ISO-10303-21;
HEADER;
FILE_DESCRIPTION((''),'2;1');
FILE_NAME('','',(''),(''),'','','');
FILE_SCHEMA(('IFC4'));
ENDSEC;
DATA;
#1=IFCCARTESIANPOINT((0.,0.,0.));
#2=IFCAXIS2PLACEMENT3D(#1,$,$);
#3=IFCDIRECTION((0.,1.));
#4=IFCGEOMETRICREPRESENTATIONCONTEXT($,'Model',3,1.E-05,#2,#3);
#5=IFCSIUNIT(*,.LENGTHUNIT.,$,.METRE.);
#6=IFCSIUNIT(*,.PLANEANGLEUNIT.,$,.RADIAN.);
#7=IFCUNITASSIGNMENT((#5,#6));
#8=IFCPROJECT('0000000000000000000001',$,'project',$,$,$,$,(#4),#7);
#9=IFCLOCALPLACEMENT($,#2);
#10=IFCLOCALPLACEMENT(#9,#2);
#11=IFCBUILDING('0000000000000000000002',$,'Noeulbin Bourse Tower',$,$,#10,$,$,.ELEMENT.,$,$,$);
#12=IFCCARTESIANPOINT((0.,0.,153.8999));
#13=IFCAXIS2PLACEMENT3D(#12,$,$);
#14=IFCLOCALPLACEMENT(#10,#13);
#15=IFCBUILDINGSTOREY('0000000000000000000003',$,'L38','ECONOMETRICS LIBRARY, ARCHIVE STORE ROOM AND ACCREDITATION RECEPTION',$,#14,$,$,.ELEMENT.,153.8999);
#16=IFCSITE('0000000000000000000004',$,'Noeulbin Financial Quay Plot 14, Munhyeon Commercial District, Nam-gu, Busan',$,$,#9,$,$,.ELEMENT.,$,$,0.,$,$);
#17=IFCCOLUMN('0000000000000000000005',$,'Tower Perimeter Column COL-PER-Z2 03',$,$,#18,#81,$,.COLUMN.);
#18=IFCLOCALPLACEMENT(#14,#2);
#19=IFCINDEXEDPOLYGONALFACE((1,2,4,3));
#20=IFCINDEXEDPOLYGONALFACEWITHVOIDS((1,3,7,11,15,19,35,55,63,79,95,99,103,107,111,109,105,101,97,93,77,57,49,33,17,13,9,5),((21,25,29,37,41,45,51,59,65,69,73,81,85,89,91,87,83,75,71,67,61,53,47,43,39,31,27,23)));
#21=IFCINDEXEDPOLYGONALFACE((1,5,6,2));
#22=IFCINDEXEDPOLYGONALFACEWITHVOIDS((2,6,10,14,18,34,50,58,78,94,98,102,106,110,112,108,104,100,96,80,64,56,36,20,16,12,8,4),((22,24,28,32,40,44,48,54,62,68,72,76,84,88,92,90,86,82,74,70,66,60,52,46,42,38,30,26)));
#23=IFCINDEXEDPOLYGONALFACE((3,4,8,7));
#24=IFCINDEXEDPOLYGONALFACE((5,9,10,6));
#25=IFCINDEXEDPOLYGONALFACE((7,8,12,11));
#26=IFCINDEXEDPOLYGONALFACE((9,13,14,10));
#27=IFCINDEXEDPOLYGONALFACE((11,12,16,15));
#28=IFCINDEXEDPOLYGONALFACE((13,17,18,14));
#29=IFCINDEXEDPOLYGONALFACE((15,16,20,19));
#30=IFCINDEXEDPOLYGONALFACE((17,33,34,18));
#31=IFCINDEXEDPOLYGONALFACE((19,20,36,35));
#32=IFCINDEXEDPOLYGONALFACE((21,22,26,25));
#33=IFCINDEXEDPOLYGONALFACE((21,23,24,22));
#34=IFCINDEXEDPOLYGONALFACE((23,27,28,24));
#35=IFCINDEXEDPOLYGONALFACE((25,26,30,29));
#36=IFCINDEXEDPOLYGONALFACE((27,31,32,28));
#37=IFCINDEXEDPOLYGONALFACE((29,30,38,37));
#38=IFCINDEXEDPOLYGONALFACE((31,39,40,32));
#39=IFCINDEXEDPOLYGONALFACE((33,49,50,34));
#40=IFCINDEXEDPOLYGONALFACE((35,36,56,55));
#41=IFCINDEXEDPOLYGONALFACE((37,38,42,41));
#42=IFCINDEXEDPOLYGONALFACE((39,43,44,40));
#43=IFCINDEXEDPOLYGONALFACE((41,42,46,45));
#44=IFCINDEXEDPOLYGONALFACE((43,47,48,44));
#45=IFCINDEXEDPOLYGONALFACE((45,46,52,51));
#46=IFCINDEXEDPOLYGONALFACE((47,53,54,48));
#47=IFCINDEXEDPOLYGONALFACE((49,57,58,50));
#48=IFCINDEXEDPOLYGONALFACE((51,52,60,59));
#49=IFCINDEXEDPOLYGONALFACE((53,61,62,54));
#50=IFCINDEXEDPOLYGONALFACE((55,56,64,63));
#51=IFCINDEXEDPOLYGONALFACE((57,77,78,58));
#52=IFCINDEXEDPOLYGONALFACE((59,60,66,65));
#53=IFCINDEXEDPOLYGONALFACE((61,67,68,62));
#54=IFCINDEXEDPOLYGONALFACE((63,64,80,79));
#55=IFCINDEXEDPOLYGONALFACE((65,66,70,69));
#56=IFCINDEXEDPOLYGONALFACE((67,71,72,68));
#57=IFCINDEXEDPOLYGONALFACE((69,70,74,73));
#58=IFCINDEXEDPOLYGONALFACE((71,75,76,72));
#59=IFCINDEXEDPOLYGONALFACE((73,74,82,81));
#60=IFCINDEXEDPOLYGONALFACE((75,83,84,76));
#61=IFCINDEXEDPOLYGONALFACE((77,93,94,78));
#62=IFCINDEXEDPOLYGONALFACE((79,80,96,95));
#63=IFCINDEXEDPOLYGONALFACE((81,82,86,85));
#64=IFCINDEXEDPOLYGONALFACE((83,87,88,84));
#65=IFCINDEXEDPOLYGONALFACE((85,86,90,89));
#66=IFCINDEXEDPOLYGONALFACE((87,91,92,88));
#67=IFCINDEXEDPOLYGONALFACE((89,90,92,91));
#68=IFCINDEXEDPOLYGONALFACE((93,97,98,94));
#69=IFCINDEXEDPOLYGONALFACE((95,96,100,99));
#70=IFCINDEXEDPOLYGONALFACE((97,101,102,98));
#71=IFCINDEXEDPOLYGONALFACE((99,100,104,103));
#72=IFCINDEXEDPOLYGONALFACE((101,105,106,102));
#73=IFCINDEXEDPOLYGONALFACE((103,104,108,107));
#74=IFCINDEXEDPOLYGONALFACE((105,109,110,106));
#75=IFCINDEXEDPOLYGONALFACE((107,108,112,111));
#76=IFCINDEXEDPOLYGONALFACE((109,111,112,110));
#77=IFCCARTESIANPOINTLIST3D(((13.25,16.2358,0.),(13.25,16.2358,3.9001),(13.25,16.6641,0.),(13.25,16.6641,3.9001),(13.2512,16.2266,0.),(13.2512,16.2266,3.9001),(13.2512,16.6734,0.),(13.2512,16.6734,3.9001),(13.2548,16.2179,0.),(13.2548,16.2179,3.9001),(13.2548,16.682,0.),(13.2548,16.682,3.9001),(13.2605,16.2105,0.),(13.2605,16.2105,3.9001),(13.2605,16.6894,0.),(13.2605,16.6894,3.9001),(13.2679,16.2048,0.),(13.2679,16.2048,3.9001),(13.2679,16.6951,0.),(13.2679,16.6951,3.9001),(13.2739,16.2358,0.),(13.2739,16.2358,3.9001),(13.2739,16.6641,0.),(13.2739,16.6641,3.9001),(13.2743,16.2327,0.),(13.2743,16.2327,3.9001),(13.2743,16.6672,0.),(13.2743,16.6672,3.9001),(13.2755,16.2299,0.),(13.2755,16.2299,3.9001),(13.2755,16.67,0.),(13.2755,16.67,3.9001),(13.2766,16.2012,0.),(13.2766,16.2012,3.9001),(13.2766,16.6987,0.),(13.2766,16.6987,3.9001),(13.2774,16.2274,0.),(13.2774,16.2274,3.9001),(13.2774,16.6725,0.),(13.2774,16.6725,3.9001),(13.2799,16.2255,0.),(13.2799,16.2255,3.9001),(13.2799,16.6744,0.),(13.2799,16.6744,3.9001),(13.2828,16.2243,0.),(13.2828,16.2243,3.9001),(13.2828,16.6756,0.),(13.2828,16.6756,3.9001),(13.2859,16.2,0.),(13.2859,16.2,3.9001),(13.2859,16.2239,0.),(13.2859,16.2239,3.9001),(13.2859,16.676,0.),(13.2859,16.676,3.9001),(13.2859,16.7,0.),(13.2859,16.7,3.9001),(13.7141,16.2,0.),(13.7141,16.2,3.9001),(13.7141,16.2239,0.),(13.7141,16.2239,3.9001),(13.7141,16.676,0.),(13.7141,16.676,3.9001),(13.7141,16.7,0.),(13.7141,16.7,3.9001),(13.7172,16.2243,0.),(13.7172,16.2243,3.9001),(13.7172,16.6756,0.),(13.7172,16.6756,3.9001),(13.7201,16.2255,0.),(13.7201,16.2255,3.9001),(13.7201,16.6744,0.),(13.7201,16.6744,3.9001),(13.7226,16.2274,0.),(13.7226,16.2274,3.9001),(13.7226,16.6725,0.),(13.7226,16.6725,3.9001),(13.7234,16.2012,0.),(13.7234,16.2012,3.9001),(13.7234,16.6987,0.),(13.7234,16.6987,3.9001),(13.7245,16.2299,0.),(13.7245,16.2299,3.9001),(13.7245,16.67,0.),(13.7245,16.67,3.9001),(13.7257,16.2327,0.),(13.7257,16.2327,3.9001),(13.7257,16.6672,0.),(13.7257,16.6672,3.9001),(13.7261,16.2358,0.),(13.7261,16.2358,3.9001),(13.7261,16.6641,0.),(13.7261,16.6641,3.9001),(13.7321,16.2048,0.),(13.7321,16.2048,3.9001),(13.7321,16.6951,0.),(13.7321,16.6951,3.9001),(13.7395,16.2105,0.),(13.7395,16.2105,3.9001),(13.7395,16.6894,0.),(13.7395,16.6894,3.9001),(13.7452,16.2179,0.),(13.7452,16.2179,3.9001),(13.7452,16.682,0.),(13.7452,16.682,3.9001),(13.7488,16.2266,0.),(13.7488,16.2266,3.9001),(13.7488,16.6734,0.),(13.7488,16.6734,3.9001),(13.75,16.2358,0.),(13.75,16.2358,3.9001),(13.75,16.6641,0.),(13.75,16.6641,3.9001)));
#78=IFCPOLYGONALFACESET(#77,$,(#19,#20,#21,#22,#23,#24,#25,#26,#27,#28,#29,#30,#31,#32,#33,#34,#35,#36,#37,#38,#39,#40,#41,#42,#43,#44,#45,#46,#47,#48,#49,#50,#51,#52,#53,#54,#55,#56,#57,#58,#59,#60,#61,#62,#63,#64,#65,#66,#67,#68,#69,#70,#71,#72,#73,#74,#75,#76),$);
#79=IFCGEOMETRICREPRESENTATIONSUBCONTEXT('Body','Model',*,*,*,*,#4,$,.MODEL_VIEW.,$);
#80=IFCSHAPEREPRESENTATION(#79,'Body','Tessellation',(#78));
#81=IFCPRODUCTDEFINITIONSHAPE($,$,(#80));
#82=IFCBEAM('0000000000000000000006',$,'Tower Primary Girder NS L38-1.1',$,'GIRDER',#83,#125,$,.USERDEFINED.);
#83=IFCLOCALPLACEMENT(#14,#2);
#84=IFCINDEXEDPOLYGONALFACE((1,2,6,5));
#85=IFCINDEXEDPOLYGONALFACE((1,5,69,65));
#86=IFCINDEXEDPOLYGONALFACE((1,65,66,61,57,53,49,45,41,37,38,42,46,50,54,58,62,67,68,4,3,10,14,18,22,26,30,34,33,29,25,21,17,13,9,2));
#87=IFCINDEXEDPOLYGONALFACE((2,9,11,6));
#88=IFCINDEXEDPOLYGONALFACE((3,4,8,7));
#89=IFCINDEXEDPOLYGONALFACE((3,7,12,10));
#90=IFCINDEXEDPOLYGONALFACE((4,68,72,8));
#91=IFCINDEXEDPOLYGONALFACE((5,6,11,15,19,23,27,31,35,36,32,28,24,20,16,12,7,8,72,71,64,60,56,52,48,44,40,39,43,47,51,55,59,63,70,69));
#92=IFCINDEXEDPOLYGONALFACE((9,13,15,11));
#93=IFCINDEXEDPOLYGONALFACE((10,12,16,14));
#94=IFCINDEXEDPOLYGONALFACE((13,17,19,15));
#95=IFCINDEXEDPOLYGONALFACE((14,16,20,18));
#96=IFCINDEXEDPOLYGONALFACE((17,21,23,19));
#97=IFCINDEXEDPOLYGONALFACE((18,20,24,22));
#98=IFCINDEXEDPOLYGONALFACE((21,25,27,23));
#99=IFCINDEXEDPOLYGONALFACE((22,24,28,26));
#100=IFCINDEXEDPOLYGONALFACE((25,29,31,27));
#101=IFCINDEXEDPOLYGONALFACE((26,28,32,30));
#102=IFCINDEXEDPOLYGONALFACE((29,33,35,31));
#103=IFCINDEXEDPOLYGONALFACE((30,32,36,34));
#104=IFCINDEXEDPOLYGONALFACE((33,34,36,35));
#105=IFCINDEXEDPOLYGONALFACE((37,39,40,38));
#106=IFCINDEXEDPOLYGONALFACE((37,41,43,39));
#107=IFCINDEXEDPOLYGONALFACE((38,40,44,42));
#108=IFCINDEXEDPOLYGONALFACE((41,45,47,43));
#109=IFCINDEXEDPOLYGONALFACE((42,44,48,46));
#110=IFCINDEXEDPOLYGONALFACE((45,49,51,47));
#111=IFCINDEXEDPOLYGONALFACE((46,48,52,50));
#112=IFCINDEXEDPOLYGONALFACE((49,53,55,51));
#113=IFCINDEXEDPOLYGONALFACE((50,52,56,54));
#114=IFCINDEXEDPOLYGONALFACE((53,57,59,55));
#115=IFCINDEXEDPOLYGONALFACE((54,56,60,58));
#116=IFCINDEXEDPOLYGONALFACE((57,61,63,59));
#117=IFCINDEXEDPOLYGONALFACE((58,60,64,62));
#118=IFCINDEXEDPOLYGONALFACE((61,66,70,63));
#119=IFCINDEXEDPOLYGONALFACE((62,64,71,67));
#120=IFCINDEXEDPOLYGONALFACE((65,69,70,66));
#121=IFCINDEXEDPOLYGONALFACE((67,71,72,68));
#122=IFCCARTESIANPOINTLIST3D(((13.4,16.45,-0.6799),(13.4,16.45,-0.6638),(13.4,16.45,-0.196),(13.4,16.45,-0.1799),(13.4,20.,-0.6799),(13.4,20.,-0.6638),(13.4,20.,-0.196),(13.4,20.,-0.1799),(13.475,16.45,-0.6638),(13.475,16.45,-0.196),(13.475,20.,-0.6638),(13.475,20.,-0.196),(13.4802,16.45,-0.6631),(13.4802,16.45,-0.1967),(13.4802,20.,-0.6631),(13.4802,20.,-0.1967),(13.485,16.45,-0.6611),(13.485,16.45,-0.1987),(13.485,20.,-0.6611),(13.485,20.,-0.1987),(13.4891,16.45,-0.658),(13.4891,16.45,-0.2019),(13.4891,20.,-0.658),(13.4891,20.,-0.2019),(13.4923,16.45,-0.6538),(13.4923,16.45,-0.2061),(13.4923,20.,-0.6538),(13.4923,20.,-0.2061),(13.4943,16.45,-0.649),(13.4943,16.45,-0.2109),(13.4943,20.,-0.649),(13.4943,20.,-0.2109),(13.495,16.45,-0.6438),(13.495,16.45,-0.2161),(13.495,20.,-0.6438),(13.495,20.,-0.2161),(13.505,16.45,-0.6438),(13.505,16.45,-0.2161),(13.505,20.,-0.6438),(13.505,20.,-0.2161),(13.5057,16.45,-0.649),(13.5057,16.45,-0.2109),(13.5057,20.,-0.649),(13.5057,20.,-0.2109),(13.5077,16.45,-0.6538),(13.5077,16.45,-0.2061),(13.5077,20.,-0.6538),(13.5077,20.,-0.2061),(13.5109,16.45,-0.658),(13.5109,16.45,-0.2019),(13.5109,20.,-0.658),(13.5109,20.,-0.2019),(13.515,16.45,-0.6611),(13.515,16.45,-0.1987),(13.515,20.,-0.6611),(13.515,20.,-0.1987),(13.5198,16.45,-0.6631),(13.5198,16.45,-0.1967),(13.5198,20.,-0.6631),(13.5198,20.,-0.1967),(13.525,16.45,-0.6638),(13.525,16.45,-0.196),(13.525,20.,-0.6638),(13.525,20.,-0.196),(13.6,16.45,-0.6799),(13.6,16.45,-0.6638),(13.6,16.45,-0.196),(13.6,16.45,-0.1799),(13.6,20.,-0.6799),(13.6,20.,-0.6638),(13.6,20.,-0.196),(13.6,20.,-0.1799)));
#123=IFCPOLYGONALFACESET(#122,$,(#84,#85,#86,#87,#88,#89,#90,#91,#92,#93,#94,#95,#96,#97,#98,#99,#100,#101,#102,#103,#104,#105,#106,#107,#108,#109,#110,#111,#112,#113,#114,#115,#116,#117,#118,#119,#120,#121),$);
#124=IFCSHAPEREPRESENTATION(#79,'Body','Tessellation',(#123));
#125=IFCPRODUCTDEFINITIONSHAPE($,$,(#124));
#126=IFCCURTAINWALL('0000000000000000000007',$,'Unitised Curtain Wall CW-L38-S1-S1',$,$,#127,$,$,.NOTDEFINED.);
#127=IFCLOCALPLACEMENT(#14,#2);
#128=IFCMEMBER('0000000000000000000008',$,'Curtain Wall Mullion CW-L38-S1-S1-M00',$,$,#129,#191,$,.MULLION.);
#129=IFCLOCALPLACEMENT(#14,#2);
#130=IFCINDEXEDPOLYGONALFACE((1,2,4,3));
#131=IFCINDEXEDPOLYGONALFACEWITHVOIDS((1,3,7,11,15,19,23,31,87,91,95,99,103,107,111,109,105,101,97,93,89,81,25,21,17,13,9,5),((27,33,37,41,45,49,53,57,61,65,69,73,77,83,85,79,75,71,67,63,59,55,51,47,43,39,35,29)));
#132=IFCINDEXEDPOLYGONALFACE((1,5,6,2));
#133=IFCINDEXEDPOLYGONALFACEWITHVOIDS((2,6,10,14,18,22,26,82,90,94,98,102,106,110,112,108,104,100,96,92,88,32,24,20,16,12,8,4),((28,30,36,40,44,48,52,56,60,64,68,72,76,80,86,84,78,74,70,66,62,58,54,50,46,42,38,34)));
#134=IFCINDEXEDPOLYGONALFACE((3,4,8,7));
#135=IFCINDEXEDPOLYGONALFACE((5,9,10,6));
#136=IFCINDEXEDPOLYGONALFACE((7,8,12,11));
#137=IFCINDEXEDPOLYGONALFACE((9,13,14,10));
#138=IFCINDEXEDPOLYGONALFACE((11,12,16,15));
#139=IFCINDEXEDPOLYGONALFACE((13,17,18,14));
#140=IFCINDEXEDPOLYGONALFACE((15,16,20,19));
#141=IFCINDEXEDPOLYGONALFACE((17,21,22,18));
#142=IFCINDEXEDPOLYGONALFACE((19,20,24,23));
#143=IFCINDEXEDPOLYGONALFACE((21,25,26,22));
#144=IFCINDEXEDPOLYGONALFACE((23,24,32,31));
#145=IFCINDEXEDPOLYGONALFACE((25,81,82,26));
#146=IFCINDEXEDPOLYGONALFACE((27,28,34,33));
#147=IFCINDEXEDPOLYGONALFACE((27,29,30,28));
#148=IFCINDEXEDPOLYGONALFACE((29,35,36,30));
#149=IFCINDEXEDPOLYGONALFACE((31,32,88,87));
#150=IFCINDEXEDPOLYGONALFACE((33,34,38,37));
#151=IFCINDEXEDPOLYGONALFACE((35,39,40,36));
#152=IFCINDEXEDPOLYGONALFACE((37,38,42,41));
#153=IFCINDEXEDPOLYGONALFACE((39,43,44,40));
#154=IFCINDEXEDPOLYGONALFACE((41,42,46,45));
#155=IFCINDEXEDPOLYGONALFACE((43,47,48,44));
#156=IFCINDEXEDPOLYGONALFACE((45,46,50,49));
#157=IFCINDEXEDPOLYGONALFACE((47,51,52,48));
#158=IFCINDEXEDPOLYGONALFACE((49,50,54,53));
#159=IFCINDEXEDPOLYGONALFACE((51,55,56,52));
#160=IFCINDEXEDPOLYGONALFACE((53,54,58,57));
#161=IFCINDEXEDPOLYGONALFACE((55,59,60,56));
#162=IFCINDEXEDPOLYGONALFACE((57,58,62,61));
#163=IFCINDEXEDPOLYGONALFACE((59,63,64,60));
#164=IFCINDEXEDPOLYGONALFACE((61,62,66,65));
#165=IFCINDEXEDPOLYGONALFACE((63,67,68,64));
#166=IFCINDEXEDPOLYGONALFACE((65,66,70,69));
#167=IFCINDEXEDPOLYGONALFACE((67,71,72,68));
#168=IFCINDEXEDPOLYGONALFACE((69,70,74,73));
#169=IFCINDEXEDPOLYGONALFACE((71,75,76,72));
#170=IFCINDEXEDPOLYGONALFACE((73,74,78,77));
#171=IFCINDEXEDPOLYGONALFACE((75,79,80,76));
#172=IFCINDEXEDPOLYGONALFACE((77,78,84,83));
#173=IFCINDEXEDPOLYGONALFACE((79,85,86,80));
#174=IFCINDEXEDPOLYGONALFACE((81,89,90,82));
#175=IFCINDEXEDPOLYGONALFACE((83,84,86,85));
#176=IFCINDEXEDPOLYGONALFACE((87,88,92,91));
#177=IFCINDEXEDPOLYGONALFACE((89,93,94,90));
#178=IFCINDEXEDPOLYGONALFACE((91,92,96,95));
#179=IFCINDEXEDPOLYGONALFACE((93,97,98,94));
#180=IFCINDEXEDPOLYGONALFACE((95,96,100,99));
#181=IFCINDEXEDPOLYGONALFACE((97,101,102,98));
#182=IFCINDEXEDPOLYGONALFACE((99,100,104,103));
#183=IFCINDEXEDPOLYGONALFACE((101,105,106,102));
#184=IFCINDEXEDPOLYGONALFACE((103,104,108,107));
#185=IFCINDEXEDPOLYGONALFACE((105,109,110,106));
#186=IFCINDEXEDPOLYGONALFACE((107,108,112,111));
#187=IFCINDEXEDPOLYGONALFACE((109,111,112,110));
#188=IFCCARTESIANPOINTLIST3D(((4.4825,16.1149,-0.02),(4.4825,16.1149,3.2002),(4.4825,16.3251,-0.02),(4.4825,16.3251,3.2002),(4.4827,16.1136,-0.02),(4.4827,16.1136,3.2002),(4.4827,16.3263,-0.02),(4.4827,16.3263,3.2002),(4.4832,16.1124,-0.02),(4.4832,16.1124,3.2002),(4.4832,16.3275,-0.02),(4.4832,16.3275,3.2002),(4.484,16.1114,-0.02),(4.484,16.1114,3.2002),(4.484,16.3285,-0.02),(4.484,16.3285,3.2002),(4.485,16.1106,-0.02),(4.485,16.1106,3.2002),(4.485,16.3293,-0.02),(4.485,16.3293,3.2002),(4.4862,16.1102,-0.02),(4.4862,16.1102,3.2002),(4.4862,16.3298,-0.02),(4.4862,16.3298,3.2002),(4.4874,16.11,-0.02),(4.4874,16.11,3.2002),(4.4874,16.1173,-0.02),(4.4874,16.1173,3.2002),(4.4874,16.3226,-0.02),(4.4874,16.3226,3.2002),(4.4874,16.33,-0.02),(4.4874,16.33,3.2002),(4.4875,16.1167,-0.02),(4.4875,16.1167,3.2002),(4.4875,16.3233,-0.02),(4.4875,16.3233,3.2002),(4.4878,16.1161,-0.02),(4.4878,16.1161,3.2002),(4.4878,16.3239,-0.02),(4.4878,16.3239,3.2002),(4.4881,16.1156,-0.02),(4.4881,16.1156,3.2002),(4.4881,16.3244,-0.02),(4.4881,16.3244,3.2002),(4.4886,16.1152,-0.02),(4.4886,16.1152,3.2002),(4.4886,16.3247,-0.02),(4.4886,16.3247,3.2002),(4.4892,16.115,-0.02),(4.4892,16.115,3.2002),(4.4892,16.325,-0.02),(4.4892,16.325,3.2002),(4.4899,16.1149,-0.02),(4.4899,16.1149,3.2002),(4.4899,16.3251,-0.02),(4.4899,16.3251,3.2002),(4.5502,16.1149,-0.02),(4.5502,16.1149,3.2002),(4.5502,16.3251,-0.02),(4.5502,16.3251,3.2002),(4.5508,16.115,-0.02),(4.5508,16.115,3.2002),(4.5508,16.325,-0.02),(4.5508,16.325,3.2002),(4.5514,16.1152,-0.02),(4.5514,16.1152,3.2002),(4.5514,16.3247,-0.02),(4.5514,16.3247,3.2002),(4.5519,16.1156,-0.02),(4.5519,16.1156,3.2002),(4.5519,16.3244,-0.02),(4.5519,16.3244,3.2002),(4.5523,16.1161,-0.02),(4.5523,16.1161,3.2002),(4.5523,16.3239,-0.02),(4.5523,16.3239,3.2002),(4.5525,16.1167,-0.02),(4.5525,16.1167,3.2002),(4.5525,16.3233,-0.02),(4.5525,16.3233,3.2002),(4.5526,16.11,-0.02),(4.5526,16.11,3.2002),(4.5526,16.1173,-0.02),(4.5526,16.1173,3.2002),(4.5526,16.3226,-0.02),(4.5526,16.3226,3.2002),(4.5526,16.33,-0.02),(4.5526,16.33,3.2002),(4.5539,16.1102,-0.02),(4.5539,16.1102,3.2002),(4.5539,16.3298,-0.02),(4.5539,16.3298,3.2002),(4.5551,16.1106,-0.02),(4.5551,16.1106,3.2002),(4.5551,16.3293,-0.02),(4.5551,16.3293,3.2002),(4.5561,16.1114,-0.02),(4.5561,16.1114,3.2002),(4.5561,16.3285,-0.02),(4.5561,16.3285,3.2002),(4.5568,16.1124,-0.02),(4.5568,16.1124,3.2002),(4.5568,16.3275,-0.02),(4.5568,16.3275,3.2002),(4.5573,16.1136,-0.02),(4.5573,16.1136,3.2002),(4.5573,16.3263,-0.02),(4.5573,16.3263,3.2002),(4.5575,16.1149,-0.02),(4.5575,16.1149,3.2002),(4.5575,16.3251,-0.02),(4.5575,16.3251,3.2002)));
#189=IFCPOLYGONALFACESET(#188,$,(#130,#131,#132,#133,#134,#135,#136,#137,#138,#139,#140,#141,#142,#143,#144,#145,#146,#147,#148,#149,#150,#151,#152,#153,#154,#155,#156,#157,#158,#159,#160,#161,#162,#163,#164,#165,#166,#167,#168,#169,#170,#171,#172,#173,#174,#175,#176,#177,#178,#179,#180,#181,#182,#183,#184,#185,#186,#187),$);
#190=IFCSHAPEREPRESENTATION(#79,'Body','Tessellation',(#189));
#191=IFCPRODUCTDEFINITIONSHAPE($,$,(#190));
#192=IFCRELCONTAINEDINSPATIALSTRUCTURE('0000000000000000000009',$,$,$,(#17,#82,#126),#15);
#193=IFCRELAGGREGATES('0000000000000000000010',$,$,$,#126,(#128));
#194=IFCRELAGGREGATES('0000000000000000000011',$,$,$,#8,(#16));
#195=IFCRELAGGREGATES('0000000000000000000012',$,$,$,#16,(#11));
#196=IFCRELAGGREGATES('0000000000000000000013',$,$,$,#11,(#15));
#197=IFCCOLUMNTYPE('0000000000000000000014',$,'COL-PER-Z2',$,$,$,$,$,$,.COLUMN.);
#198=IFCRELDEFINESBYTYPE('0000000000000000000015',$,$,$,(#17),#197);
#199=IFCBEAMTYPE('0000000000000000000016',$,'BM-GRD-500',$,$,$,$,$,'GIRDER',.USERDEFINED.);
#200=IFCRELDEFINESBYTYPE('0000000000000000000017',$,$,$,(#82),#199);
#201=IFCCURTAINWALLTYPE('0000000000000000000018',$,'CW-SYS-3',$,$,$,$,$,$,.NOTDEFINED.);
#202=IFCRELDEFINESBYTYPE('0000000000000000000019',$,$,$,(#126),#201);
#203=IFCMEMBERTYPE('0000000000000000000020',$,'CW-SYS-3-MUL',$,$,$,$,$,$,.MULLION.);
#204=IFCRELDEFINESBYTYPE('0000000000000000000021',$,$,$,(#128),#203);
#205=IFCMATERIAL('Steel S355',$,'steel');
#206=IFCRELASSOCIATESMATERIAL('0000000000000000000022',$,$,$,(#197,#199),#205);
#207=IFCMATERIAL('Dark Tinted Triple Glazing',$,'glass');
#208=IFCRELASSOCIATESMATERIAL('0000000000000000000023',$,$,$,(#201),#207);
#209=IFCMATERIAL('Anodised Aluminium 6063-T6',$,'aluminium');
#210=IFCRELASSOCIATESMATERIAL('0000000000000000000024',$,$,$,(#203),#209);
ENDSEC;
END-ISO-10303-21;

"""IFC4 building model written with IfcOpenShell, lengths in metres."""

from ifc_helpers import new_model, si_unit, direction, frame, origin, origin_2d, place, context, subcontext, project, spatial, hollow_rectangle, i_section, extrude, material, material_profile, profile_set, type_object, element, aggregate, save


model = new_model("IFC4")

# Units and contexts
model_context = context("Model", 3, precision=1e-05, world=origin(), true_north=direction((0.0, 1.0)))
body_context = subcontext(model_context, "Body", "Model", "MODEL_VIEW")
ifc_project = project(units=[si_unit("LENGTHUNIT", "METRE"), si_unit("PLANEANGLEUNIT", "RADIAN")], contexts=[model_context])

# Site, building, storey
site_placement = place(None, origin())
site = spatial("IfcSite", under=ifc_project, at=site_placement, Name="Noeulbin Financial Quay Plot 14, Munhyeon Commercial District, Nam-gu, Busan", CompositionType="ELEMENT", RefElevation=0.0)
building_placement = place(site_placement, origin())
building = spatial("IfcBuilding", under=site, at=building_placement, Name="Noeulbin Bourse Tower", CompositionType="ELEMENT")
storey_placement = place(building_placement, frame((0.0, 0.0, 153.8999)))
storey = spatial("IfcBuildingStorey", under=building, at=storey_placement, Name="L38", Description="ECONOMETRICS LIBRARY, ARCHIVE STORE ROOM AND ACCREDITATION RECEPTION", CompositionType="ELEMENT", Elevation=153.8999)

# Column
ifc_material_1 = material(Name="Steel S355", Category="steel")
ifc_material_profile_1 = material_profile(ifc_material_1, hollow_rectangle(XDim=0.5, YDim=0.5, WallThickness=0.0239, InnerFilletRadius=0.012, OuterFilletRadius=0.0359, at=origin_2d()), Name="BOX-500x500x24", Category="LoadBearing")
ifc_profile_set_1 = profile_set([ifc_material_profile_1], Name="Steel S355")
column_type = type_object("IfcColumnType", Name="COL-PER-Z2", PredefinedType="COLUMN", material=ifc_profile_set_1)
column_placement = place(storey_placement, frame((13.5, 16.45, 0.0), z_axis=(0.0, 0.0, 1.0), x_axis=(1.0, 0.0, 0.0)))
element("IfcColumn", 1, at=column_placement, inside=storey, type_object=column_type, Name="Tower Perimeter Column COL-PER-Z2 03", PredefinedType="COLUMN", context=body_context, shape_type="SweptSolid", body=[
    extrude(hollow_rectangle(XDim=0.5, YDim=0.5, WallThickness=0.0239, InnerFilletRadius=0.012, OuterFilletRadius=0.0359, at=origin_2d()), origin(), (0.0, 0.0, 1.0), 3.9001),
])

# Beam
ifc_material_profile_2 = material_profile(ifc_material_1, i_section(OverallWidth=0.2, OverallDepth=0.5, WebThickness=0.01, FlangeThickness=0.0161, FilletRadius=0.02, at=origin_2d()), Name="H-500x200x10x16", Category="LoadBearing")
ifc_profile_set_2 = profile_set([ifc_material_profile_2], Name="Steel S355")
beam_type = type_object("IfcBeamType", Name="BM-GRD-500", ElementType="GIRDER", PredefinedType="USERDEFINED", material=ifc_profile_set_2)
beam_placement = place(storey_placement, frame((13.5, 16.45, -0.4299), z_axis=(0.0, 1.0, 0.0), x_axis=(-1.0, 0.0, 0.0)))
element("IfcBeam", 2, at=beam_placement, inside=storey, type_object=beam_type, Name="Tower Primary Girder NS L38-1.1", ObjectType="GIRDER", PredefinedType="USERDEFINED", context=body_context, shape_type="SweptSolid", body=[
    extrude(i_section(OverallWidth=0.2, OverallDepth=0.5, WebThickness=0.01, FlangeThickness=0.0161, FilletRadius=0.02, at=origin_2d()), origin(), (0.0, 0.0, 1.0), 3.55),
])

# Curtain wall, member
ifc_material_2 = material(Name="Dark Tinted Triple Glazing", Category="glass")
curtain_wall_type = type_object("IfcCurtainWallType", Name="CW-SYS-3", PredefinedType="NOTDEFINED", material=ifc_material_2)
curtain_wall_1_placement = place(storey_placement, origin())
curtain_wall_1 = element("IfcCurtainWall", 3, at=curtain_wall_1_placement, inside=storey, type_object=curtain_wall_type, Name="Unitised Curtain Wall CW-L38-S1-S1", PredefinedType="NOTDEFINED")
ifc_material_3 = material(Name="Anodised Aluminium 6063-T6", Category="aluminium")
ifc_material_profile_3 = material_profile(ifc_material_3, hollow_rectangle(XDim=0.075, YDim=0.22, WallThickness=0.0049, InnerFilletRadius=0.0024, OuterFilletRadius=0.0049, at=origin_2d()), Name="ALU-MULL-75x220x5", Category="LoadBearing")
ifc_profile_set_3 = profile_set([ifc_material_profile_3], Name="Anodised Aluminium 6063-T6")
member_type_1 = type_object("IfcMemberType", Name="CW-SYS-3-MUL", PredefinedType="MULLION", material=ifc_profile_set_3)
member_1_placement = place(storey_placement, frame((4.52, 16.22, -0.02), z_axis=(0.0, 0.0, 1.0), x_axis=(1.0, 0.0, 0.0)))
member_1 = element("IfcMember", 4, at=member_1_placement, type_object=member_type_1, Name="Curtain Wall Mullion CW-L38-S1-S1-M00", PredefinedType="MULLION", context=body_context, shape_type="SweptSolid", body=[
    extrude(hollow_rectangle(XDim=0.075, YDim=0.22, WallThickness=0.0049, InnerFilletRadius=0.0024, OuterFilletRadius=0.0049, at=origin_2d()), origin(), (0.0, 0.0, 1.0), 3.2202),
])

aggregate(curtain_wall_1, [member_1])

save(model, "model.ifc")
